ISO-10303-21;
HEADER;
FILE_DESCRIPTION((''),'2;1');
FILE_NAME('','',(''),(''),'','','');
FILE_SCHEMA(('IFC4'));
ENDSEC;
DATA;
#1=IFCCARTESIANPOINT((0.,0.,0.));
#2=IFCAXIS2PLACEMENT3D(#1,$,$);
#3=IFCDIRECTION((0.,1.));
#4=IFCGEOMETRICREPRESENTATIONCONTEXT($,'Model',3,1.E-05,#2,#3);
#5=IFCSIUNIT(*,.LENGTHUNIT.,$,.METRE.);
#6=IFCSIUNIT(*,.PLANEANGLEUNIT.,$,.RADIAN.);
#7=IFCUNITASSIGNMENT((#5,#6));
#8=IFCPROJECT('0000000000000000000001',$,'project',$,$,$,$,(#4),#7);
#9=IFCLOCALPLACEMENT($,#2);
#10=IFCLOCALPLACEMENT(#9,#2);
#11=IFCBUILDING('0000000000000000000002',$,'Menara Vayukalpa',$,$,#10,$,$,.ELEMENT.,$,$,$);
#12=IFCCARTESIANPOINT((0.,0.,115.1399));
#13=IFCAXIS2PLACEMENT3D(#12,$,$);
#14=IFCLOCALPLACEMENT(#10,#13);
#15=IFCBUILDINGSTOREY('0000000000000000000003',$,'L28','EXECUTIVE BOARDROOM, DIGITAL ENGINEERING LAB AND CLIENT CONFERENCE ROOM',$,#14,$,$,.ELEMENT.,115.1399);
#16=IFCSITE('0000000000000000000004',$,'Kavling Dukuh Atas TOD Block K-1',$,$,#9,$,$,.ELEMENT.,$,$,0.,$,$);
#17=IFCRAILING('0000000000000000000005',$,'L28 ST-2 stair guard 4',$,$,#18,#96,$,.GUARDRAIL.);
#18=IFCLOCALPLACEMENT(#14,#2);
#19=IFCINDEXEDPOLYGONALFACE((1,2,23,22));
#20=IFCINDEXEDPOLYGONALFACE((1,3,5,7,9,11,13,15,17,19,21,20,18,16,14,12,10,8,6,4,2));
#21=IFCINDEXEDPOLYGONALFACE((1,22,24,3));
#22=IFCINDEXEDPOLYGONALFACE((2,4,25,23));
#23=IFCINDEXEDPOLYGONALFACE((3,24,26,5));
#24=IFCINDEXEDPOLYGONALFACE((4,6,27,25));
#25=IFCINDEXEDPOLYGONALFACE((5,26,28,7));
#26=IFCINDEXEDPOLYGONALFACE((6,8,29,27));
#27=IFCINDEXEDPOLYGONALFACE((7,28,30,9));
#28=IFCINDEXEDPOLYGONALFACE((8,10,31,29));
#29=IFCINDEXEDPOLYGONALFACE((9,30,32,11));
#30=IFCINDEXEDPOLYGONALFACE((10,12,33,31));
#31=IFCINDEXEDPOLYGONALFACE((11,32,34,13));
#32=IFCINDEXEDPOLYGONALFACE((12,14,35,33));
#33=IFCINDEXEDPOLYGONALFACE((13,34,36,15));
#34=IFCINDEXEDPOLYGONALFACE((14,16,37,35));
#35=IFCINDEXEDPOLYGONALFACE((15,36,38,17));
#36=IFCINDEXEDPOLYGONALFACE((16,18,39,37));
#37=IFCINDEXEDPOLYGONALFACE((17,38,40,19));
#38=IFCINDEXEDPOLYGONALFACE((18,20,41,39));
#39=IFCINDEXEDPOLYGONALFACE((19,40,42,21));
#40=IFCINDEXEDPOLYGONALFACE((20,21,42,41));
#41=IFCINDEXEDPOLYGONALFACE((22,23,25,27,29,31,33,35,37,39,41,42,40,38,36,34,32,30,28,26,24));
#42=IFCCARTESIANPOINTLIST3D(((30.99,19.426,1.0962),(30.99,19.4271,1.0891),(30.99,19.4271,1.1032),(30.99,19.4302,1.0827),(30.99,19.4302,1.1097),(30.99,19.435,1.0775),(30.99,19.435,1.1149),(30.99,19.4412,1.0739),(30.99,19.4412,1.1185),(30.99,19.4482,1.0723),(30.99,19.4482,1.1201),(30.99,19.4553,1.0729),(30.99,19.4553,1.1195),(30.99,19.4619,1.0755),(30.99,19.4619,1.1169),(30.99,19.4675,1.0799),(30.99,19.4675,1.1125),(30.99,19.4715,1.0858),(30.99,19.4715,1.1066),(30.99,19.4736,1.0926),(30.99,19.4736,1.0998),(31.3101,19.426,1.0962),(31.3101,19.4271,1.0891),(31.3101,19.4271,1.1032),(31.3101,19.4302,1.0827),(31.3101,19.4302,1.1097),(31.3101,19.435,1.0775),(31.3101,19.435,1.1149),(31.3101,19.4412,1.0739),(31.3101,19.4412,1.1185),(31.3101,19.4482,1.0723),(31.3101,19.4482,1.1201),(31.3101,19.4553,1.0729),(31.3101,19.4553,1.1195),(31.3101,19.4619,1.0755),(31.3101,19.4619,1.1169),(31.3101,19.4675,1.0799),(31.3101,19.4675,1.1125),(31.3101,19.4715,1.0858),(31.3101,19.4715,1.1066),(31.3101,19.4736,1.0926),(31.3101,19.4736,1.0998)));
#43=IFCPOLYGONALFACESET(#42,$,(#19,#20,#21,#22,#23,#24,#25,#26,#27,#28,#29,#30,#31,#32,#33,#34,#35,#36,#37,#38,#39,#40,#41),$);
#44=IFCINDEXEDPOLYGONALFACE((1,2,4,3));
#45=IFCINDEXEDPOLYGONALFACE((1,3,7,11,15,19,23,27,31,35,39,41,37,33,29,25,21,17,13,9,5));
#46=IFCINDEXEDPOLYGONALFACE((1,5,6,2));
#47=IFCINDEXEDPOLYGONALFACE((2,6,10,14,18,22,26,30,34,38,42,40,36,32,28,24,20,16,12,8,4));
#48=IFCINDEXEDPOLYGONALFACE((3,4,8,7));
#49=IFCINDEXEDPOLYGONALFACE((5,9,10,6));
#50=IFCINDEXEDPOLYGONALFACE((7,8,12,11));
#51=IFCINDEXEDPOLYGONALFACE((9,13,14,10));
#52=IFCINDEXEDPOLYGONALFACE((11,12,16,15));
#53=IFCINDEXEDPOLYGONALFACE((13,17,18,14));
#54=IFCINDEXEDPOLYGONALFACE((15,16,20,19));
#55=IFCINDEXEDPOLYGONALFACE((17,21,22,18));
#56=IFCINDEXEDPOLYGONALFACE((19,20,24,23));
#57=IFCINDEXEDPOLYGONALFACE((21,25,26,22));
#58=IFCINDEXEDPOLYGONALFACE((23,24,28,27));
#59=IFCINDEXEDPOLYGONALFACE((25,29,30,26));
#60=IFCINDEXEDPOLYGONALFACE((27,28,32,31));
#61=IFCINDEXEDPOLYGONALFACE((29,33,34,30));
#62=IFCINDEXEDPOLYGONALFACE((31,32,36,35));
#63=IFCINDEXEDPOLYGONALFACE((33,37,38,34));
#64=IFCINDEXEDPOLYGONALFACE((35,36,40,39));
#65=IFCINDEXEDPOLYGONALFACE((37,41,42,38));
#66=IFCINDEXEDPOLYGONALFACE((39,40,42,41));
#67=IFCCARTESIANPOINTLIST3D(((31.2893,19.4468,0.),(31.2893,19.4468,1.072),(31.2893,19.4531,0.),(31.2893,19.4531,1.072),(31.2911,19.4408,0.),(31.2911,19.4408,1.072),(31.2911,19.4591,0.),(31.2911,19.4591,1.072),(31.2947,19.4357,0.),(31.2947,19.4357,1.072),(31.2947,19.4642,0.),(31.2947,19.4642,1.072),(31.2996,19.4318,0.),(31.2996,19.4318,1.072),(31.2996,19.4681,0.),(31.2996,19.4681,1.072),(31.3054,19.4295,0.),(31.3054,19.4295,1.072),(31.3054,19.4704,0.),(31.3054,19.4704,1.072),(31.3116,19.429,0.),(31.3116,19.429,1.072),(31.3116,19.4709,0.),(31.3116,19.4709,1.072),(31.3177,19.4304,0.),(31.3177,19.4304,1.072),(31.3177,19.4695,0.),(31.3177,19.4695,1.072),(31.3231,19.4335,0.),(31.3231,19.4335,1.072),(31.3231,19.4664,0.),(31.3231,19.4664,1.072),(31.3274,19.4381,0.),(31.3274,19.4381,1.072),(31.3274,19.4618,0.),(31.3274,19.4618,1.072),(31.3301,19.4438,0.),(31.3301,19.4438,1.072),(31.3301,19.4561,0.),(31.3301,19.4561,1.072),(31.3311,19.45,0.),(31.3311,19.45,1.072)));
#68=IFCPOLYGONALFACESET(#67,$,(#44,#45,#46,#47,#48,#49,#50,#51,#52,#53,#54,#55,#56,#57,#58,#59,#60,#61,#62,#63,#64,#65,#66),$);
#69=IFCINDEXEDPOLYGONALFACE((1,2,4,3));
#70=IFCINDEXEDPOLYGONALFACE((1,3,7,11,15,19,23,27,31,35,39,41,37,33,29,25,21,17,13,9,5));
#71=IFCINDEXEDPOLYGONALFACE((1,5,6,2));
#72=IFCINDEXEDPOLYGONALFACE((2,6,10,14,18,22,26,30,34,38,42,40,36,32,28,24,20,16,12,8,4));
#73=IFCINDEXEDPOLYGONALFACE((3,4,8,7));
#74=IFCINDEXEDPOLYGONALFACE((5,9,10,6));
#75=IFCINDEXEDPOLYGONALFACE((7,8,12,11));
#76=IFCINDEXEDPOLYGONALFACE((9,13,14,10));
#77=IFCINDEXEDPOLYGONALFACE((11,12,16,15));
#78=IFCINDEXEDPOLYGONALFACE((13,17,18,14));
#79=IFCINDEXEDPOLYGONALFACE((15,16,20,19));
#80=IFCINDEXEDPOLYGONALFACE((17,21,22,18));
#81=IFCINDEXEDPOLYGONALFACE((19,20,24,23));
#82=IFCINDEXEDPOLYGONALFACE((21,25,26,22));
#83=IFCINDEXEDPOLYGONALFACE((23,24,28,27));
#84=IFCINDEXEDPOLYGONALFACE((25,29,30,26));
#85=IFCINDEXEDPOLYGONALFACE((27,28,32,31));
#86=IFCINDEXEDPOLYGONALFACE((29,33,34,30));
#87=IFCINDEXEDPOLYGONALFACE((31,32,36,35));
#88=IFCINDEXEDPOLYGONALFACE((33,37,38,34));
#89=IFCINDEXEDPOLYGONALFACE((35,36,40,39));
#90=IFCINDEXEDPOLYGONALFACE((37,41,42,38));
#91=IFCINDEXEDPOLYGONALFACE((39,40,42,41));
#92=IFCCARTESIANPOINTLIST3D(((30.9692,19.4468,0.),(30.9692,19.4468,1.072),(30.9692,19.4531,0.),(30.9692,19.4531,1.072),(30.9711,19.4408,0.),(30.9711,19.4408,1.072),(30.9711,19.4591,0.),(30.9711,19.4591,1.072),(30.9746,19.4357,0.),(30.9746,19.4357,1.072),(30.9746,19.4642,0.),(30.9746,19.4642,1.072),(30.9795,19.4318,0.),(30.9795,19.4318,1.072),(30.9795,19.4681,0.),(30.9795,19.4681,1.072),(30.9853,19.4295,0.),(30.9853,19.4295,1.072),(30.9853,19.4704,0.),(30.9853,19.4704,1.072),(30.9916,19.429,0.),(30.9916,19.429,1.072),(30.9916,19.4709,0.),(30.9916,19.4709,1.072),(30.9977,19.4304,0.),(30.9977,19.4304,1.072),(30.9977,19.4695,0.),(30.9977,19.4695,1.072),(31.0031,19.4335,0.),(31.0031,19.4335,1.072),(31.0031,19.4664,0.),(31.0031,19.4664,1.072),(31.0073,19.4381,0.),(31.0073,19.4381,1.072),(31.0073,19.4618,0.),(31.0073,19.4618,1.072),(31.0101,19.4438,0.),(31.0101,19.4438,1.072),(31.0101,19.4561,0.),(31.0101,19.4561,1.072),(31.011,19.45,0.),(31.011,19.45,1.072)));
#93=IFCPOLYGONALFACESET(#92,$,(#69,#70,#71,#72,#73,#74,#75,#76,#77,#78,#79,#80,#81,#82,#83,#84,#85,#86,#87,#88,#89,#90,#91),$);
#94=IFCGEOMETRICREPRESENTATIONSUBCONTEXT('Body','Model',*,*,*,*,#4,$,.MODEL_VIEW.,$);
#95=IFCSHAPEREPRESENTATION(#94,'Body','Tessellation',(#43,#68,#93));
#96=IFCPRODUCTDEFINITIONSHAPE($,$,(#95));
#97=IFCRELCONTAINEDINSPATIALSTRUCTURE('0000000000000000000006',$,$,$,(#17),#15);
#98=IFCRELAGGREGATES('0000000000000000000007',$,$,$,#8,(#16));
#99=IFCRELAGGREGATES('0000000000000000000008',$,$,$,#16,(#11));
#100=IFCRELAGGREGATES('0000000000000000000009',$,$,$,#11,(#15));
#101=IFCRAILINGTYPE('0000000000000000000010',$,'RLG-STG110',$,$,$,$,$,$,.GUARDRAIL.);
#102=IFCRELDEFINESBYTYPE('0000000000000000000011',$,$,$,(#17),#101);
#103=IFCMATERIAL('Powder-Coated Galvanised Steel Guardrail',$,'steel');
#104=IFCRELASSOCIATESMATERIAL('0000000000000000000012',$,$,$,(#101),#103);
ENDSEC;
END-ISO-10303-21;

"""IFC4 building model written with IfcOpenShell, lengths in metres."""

from ifc_helpers import new_model, si_unit, direction, frame, origin, origin_2d, place, context, subcontext, project, spatial, circle, extrude, material, type_object, element, save


model = new_model("IFC4")

# Units and contexts
model_context = context("Model", 3, precision=1e-05, world=origin(), true_north=direction((0.0, 1.0)))
body_context = subcontext(model_context, "Body", "Model", "MODEL_VIEW")
ifc_project = project(units=[si_unit("LENGTHUNIT", "METRE"), si_unit("PLANEANGLEUNIT", "RADIAN")], contexts=[model_context])

# Site, building, storey
site_placement = place(None, origin())
site = spatial("IfcSite", under=ifc_project, at=site_placement, Name="Kavling Dukuh Atas TOD Block K-1", CompositionType="ELEMENT", RefElevation=0.0)
building_placement = place(site_placement, origin())
building = spatial("IfcBuilding", under=site, at=building_placement, Name="Menara Vayukalpa", CompositionType="ELEMENT")
storey_placement = place(building_placement, frame((0.0, 0.0, 115.1399)))
storey = spatial("IfcBuildingStorey", under=building, at=storey_placement, Name="L28", Description="EXECUTIVE BOARDROOM, DIGITAL ENGINEERING LAB AND CLIENT CONFERENCE ROOM", CompositionType="ELEMENT", Elevation=115.1399)

# Railing
ifc_material_1 = material(Name="Powder-Coated Galvanised Steel Guardrail", Category="steel")
railing_type_1 = type_object("IfcRailingType", Name="RLG-STG110", PredefinedType="GUARDRAIL", material=ifc_material_1)
railing_1_placement = place(storey_placement, frame((31.3101, 19.45, 0.0)))
element("IfcRailing", 1, at=railing_1_placement, inside=storey, type_object=railing_type_1, Name="L28 ST-2 stair guard 4", PredefinedType="GUARDRAIL", context=body_context, shape_type="SweptSolid", body=[
    extrude(circle(Radius=0.0239, at=origin_2d()), frame((0.0, 0.0, 1.0962), z_axis=(-1.0, 0.0, 0.0), x_axis=(0.0, -1.0, 0.0)), (0.0, 0.0, 1.0), 0.3201),
    extrude(circle(Radius=0.021, at=origin_2d()), origin(), (0.0, 0.0, 1.0), 1.072),
    extrude(circle(Radius=0.021, at=origin_2d()), frame((-0.3201, 0.0, 0.0)), (0.0, 0.0, 1.0), 1.072),
])

save(model, "model.ifc")
